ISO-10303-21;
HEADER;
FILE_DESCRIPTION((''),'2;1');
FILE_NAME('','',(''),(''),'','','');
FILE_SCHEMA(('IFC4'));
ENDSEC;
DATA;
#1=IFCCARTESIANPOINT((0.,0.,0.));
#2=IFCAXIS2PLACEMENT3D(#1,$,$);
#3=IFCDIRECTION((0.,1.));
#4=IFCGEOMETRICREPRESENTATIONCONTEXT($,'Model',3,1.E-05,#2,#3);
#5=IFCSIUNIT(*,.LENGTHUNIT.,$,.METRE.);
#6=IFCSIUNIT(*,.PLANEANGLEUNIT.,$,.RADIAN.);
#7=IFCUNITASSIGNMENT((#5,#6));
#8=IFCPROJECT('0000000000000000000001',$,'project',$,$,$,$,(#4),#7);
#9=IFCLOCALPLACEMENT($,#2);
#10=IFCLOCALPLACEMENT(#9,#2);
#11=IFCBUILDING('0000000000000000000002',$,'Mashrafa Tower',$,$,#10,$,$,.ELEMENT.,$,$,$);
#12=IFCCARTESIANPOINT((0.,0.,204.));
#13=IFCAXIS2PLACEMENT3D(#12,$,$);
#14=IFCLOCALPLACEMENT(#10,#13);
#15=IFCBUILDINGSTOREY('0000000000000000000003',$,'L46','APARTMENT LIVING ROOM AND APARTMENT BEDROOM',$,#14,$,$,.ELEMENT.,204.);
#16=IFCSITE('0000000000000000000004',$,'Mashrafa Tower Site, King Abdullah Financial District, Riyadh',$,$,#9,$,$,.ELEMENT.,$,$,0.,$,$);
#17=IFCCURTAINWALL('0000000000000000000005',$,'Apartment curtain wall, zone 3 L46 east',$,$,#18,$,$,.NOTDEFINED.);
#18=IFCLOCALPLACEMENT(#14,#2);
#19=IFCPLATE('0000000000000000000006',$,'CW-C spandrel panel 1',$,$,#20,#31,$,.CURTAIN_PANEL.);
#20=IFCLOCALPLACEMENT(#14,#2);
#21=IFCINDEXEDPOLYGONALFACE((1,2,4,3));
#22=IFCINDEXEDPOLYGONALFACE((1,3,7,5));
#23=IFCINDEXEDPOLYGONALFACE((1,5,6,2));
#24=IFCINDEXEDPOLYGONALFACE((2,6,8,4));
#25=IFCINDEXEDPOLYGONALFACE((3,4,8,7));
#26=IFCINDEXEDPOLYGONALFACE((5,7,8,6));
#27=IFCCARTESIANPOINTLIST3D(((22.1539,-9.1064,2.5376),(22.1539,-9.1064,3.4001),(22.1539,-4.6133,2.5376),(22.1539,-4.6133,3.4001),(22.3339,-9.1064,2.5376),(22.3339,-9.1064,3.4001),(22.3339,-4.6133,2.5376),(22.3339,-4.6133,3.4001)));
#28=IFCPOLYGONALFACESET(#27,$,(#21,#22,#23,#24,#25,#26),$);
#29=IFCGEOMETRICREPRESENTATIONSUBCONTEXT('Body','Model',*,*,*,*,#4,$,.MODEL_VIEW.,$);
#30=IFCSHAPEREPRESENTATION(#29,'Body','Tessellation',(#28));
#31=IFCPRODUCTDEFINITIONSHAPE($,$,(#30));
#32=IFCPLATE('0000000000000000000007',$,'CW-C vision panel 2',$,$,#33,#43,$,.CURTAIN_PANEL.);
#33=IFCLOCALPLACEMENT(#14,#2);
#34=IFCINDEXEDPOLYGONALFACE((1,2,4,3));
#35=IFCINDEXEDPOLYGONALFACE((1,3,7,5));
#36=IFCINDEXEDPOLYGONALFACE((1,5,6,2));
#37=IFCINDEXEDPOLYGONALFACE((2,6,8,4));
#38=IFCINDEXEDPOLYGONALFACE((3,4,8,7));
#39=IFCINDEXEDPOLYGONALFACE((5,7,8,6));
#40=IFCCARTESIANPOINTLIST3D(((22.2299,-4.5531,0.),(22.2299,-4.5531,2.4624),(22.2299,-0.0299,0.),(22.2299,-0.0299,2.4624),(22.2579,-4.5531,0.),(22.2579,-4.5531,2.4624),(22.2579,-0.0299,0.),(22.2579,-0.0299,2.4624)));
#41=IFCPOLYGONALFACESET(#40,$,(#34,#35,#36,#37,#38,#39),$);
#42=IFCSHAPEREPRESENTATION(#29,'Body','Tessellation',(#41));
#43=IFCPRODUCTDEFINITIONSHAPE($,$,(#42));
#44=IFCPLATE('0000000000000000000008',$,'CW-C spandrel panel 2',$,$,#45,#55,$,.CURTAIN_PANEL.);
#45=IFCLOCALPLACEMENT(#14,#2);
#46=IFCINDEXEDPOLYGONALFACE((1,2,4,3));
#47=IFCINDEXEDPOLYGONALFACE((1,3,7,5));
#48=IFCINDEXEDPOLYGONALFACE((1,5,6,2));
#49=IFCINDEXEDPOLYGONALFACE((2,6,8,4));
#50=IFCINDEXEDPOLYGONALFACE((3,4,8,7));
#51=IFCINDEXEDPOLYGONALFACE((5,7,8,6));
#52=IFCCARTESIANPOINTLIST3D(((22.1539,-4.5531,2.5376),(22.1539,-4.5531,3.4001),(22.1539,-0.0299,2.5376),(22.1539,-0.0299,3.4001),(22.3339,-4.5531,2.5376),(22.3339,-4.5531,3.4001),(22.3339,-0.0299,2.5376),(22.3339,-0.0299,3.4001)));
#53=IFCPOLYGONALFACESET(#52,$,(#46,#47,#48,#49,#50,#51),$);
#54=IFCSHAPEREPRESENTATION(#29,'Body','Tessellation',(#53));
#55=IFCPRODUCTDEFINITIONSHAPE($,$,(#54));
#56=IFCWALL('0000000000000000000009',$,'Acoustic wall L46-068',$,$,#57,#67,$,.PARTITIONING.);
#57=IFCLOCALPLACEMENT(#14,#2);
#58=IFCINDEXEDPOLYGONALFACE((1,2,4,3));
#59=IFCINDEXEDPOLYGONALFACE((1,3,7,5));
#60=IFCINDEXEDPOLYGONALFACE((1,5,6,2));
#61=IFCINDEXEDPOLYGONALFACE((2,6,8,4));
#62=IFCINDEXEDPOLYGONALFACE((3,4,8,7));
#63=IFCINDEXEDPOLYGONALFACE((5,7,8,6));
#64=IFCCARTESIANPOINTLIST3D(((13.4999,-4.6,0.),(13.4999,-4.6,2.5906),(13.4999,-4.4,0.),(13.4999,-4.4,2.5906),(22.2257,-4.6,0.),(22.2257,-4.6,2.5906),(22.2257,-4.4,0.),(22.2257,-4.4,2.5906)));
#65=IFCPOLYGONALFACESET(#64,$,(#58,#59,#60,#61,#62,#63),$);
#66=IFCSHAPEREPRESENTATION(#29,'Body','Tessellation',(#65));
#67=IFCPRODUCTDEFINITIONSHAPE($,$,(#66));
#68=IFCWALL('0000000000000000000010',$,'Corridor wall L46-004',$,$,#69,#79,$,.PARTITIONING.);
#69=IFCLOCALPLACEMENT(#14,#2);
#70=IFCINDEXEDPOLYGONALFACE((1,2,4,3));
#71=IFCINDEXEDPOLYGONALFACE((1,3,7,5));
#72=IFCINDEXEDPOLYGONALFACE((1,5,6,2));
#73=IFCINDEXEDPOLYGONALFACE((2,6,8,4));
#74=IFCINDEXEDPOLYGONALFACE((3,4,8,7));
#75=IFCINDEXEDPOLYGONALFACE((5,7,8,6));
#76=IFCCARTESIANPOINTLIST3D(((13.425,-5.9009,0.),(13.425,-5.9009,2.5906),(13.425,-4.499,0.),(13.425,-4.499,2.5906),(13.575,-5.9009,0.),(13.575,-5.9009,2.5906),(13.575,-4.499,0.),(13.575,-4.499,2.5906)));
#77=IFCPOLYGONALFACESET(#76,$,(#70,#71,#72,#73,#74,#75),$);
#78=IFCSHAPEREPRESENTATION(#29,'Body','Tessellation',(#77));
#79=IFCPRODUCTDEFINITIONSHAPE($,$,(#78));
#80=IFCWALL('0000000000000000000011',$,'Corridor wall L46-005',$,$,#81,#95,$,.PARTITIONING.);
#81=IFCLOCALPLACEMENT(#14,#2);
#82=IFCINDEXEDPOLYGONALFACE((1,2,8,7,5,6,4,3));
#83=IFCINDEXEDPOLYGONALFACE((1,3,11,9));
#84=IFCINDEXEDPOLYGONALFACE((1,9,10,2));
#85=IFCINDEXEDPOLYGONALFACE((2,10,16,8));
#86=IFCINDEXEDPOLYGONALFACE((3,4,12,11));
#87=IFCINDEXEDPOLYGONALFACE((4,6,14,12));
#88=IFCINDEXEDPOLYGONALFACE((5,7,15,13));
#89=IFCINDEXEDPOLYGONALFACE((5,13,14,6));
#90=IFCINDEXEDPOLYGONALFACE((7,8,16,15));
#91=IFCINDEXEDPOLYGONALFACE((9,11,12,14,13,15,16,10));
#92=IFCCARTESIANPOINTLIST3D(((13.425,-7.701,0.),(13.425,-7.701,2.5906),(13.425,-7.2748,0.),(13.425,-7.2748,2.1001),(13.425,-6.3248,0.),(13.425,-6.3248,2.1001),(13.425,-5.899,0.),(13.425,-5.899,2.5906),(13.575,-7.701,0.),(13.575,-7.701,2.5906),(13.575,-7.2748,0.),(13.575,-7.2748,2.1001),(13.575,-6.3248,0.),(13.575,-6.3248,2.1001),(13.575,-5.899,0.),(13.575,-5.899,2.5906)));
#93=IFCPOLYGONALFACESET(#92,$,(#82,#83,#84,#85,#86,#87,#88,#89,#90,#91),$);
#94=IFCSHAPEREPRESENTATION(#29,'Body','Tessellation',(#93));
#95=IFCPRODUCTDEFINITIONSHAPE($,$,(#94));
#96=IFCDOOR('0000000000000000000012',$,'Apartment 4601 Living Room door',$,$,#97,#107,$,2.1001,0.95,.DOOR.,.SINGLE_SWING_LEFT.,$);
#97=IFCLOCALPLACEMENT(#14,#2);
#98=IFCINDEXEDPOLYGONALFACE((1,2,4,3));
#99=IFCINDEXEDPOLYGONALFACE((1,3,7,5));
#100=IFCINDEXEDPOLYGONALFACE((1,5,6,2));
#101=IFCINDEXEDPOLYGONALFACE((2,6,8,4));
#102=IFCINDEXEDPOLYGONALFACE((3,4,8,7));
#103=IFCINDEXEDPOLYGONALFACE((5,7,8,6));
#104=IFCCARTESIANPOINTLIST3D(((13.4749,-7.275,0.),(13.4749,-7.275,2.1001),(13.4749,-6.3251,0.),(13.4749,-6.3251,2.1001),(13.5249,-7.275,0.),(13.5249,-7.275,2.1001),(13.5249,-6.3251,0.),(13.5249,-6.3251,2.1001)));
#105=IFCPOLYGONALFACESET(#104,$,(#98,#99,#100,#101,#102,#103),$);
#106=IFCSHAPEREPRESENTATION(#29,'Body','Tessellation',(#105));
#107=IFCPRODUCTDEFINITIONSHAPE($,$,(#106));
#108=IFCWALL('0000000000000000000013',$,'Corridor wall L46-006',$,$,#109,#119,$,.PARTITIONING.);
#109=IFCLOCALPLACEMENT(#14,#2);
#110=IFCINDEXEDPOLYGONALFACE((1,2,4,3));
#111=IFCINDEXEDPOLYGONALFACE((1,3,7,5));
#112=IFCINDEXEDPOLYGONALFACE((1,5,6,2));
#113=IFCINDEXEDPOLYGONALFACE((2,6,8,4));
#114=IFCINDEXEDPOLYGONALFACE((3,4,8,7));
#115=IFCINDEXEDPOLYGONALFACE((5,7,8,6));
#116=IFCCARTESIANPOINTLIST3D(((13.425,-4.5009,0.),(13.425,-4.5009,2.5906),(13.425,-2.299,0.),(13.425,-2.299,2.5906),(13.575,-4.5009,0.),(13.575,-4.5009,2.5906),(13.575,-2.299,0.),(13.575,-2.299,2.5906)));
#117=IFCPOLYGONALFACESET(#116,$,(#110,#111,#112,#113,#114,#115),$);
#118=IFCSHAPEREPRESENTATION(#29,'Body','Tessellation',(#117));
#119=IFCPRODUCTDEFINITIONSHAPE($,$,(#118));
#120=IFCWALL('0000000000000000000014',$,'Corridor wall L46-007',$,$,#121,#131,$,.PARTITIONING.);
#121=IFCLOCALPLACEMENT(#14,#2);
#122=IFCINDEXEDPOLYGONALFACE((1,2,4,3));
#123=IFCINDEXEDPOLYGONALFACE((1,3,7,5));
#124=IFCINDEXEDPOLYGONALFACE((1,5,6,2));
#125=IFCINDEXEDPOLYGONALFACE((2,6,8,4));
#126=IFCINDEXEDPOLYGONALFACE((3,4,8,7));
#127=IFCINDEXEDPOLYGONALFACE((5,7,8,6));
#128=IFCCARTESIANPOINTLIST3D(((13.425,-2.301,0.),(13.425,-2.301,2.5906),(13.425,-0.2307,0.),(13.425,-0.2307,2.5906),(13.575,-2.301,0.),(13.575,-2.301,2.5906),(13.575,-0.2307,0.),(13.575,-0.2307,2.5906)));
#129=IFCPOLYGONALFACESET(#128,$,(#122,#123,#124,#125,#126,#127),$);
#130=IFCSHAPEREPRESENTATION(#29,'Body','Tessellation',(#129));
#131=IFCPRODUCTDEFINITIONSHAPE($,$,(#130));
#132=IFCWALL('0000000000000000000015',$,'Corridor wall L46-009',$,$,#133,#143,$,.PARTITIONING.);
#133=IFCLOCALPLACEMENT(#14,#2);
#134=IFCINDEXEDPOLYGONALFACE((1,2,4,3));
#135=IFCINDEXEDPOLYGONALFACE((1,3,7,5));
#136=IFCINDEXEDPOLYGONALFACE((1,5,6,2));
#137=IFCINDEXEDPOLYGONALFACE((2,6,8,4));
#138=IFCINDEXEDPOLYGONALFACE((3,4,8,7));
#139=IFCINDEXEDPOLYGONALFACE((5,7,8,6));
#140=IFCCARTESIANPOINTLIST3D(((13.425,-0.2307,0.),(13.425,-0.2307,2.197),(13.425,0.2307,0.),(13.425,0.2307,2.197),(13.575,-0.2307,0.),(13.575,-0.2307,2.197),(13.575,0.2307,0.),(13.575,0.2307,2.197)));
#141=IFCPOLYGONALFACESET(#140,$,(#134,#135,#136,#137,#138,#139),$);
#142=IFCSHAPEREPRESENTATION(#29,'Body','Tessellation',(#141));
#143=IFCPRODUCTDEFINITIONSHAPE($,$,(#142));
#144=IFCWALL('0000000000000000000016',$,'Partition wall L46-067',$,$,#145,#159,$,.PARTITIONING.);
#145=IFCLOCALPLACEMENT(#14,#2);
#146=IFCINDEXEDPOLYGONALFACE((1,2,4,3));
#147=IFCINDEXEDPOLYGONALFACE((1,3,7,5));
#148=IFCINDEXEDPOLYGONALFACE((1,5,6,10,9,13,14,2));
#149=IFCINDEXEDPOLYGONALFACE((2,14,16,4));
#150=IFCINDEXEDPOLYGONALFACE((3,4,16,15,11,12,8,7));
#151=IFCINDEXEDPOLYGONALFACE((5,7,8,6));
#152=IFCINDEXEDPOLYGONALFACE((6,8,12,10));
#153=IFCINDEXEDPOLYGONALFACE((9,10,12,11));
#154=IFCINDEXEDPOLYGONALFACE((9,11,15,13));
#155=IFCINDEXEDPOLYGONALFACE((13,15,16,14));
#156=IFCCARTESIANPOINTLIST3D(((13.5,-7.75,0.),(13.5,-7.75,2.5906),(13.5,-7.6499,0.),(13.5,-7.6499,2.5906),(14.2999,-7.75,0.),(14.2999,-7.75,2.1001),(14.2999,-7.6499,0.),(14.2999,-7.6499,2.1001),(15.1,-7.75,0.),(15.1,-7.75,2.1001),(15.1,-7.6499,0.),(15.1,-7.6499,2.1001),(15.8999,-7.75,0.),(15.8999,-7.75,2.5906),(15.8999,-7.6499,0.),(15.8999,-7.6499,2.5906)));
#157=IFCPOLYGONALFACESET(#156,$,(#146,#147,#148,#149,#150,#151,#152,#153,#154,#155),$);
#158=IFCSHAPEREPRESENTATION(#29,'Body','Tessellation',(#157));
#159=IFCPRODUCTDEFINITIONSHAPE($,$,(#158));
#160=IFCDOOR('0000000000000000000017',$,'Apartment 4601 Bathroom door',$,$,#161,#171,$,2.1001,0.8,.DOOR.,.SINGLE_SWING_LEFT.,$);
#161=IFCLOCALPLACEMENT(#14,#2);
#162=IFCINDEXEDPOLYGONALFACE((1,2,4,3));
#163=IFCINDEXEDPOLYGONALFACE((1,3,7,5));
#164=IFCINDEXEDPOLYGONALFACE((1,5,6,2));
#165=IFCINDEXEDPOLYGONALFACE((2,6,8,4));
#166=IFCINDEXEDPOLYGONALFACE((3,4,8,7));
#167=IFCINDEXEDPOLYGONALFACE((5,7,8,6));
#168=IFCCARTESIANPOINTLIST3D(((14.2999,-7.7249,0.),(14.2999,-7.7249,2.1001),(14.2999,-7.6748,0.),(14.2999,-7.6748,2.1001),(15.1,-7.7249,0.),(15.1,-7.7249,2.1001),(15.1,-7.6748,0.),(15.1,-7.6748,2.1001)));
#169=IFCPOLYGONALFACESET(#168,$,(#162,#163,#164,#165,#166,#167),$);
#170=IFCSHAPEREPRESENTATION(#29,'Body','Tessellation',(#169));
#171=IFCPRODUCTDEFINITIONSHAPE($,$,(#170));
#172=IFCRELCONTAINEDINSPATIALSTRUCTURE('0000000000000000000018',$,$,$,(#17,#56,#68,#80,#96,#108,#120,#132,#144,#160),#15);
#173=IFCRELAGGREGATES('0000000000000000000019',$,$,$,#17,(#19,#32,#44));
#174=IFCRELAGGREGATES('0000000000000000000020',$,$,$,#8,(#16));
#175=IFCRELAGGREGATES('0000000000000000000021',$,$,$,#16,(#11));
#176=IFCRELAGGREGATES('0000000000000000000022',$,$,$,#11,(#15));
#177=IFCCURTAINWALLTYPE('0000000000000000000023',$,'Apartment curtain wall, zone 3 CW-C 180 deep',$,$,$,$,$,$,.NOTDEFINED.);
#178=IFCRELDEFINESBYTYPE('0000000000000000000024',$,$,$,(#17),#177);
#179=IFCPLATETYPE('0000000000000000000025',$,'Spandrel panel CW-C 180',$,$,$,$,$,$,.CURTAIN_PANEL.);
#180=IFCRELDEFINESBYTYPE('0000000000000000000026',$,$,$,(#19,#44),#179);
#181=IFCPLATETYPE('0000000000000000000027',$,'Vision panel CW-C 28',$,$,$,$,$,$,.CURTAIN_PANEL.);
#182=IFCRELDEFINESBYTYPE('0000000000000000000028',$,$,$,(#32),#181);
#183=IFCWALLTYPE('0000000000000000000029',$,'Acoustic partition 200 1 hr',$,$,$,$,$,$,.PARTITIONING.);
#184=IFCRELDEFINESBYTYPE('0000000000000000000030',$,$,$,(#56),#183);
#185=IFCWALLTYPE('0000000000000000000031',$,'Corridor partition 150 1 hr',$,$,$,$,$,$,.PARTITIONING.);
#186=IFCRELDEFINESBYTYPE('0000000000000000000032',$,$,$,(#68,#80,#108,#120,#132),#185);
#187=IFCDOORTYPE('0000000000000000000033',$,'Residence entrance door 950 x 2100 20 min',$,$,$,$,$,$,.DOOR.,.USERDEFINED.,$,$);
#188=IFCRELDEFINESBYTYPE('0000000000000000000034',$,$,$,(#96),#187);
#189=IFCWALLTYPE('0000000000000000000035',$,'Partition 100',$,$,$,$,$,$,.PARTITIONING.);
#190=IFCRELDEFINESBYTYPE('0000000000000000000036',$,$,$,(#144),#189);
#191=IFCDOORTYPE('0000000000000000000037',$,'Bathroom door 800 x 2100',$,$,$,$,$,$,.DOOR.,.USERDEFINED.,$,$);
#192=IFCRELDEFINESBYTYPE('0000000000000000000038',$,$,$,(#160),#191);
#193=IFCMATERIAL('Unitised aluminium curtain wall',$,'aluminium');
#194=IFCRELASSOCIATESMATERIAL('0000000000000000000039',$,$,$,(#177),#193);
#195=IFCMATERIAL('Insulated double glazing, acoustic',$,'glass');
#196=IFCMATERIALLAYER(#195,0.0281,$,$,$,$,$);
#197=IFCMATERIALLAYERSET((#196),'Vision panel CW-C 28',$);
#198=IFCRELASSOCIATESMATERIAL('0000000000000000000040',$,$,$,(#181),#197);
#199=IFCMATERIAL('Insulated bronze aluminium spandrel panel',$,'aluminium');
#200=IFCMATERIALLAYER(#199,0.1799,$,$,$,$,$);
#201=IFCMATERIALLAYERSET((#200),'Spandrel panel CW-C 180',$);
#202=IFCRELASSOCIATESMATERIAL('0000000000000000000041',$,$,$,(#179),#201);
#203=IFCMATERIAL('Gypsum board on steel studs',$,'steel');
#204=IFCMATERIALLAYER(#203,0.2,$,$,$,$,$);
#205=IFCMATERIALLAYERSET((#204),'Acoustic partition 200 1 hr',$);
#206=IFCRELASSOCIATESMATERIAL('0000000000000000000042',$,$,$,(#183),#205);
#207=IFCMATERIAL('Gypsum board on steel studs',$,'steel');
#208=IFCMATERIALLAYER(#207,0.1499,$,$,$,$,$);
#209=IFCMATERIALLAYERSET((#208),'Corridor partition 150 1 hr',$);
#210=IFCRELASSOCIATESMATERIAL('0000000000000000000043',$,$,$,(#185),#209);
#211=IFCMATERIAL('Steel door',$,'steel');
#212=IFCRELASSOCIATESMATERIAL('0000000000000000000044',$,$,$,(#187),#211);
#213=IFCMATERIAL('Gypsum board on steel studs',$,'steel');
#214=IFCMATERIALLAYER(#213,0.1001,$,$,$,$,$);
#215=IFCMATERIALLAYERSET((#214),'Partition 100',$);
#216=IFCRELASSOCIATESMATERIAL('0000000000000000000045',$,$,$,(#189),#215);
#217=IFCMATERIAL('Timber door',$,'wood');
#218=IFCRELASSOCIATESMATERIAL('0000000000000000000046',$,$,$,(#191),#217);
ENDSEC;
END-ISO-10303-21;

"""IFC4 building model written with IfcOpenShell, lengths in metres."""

from ifc_helpers import new_model, si_unit, direction, frame, frame_2d, origin, origin_2d, place, context, subcontext, project, spatial, rectangle, extrude, source, transform, mapped, material, layer, layer_set, type_object, type_shapes, element, fill, aggregate, save


model = new_model("IFC4")

# Units and contexts
model_context = context("Model", 3, precision=1e-05, world=origin(), true_north=direction((0.0, 1.0)))
body_context = subcontext(model_context, "Body", "Model", "MODEL_VIEW")
ifc_project = project(units=[si_unit("LENGTHUNIT", "METRE"), si_unit("PLANEANGLEUNIT", "RADIAN")], contexts=[model_context])

# Site, building, storey
site_placement = place(None, origin())
site = spatial("IfcSite", under=ifc_project, at=site_placement, Name="Mashrafa Tower Site, King Abdullah Financial District, Riyadh", CompositionType="ELEMENT", RefElevation=0.0)
building_placement = place(site_placement, origin())
building = spatial("IfcBuilding", under=site, at=building_placement, Name="Mashrafa Tower", CompositionType="ELEMENT")
storey_placement = place(building_placement, frame((0.0, 0.0, 204.0)))
storey = spatial("IfcBuildingStorey", under=building, at=storey_placement, Name="L46", Description="APARTMENT LIVING ROOM AND APARTMENT BEDROOM", CompositionType="ELEMENT", Elevation=204.0)

# Curtain wall
ifc_material_1 = material(Name="Unitised aluminium curtain wall", Category="aluminium")
curtain_wall_type = type_object("IfcCurtainWallType", Name="Apartment curtain wall, zone 3 CW-C 180 deep", PredefinedType="NOTDEFINED", material=ifc_material_1)
curtain_wall_1_placement = place(storey_placement, origin())
curtain_wall_1 = element("IfcCurtainWall", 1, at=curtain_wall_1_placement, inside=storey, type_object=curtain_wall_type, Name="Apartment curtain wall, zone 3 L46 east", PredefinedType="NOTDEFINED")

# Plates
ifc_material_2 = material(Name="Insulated double glazing, acoustic", Category="glass")
ifc_layer_1 = layer(ifc_material_2, 0.0281)
ifc_layer_set_1 = layer_set([ifc_layer_1], Name="Vision panel CW-C 28")
plate_type_1 = type_object("IfcPlateType", Name="Vision panel CW-C 28", PredefinedType="CURTAIN_PANEL", material=ifc_layer_set_1)
ifc_material_3 = material(Name="Insulated bronze aluminium spandrel panel", Category="aluminium")
ifc_layer_2 = layer(ifc_material_3, 0.1799)
ifc_layer_set_2 = layer_set([ifc_layer_2], Name="Spandrel panel CW-C 180")
plate_type_2 = type_object("IfcPlateType", Name="Spandrel panel CW-C 180", PredefinedType="CURTAIN_PANEL", material=ifc_layer_set_2)
shared_shape_1 = source(origin(), body_context, "Body", "SweptSolid", [
    extrude(rectangle(XDim=4.4932, YDim=0.1799, at=origin_2d()), origin(), (0.0, 0.0, 1.0), 0.8625),
])
plate_1_placement = place(storey_placement, frame((22.2439, -6.8599, 2.5376), z_axis=(0.0, 0.0, 1.0), x_axis=(0.0, 1.0, 0.0)))
plate_1 = element("IfcPlate", 2, at=plate_1_placement, type_object=plate_type_2, Name="CW-C spandrel panel 1", PredefinedType="CURTAIN_PANEL", context=body_context, shape_type="MappedRepresentation", body=[
    mapped(shared_shape_1, transform((0.0, 0.0, 0.0))),
])
shared_shape_2 = source(origin(), body_context, "Body", "SweptSolid", [
    extrude(rectangle(XDim=4.5232, YDim=0.0281, at=origin_2d()), origin(), (0.0, 0.0, 1.0), 2.4624),
])
plate_2_placement = place(storey_placement, frame((22.2439, -2.2915, 0.0), z_axis=(0.0, 0.0, 1.0), x_axis=(0.0, 1.0, 0.0)))
plate_2 = element("IfcPlate", 3, at=plate_2_placement, type_object=plate_type_1, Name="CW-C vision panel 2", PredefinedType="CURTAIN_PANEL", context=body_context, shape_type="MappedRepresentation", body=[
    mapped(shared_shape_2, transform((0.0, 0.0, 0.0))),
])
shared_shape_3 = source(origin(), body_context, "Body", "SweptSolid", [
    extrude(rectangle(XDim=4.5232, YDim=0.1799, at=origin_2d()), origin(), (0.0, 0.0, 1.0), 0.8625),
])
type_shapes(plate_type_2, [shared_shape_1, shared_shape_3])
plate_3_placement = place(storey_placement, frame((22.2439, -2.2915, 2.5376), z_axis=(0.0, 0.0, 1.0), x_axis=(0.0, 1.0, 0.0)))
plate_3 = element("IfcPlate", 4, at=plate_3_placement, type_object=plate_type_2, Name="CW-C spandrel panel 2", PredefinedType="CURTAIN_PANEL", context=body_context, shape_type="MappedRepresentation", body=[
    mapped(shared_shape_3, transform((0.0, 0.0, 0.0))),
])
aggregate(curtain_wall_1, [plate_1, plate_2, plate_3])

# Walls
ifc_material_4 = material(Name="Gypsum board on steel studs", Category="steel")
ifc_layer_3 = layer(ifc_material_4, 0.2)
ifc_layer_set_3 = layer_set([ifc_layer_3], Name="Acoustic partition 200 1 hr")
wall_type_1 = type_object("IfcWallType", Name="Acoustic partition 200 1 hr", PredefinedType="PARTITIONING", material=ifc_layer_set_3)
wall_1_placement = place(storey_placement, frame((13.5, -4.5, 0.0), z_axis=(0.0, 0.0, 1.0), x_axis=(1.0, 0.0, 0.0)))
element("IfcWall", 5, at=wall_1_placement, inside=storey, type_object=wall_type_1, Name="Acoustic wall L46-068", PredefinedType="PARTITIONING", context=body_context, shape_type="SweptSolid", body=[
    extrude(rectangle(XDim=8.7258, YDim=0.2, at=frame_2d((4.3628, 0.0))), origin(), (0.0, 0.0, 1.0), 2.5906),
])
ifc_material_5 = material(Name="Gypsum board on steel studs", Category="steel")
ifc_layer_4 = layer(ifc_material_5, 0.1499)
ifc_layer_set_4 = layer_set([ifc_layer_4], Name="Corridor partition 150 1 hr")
wall_type_2 = type_object("IfcWallType", Name="Corridor partition 150 1 hr", PredefinedType="PARTITIONING", material=ifc_layer_set_4)
wall_2_placement = place(storey_placement, frame((13.5, -5.9009, 0.0), z_axis=(0.0, 0.0, 1.0), x_axis=(0.0, 1.0, 0.0)))
element("IfcWall", 6, at=wall_2_placement, inside=storey, type_object=wall_type_2, Name="Corridor wall L46-004", PredefinedType="PARTITIONING", context=body_context, shape_type="SweptSolid", body=[
    extrude(rectangle(XDim=1.4019, YDim=0.1499, at=frame_2d((0.7009, 0.0))), origin(), (0.0, 0.0, 1.0), 2.5906),
])

# Wall, opening, door
wall_3_placement = place(storey_placement, frame((13.5, -7.7009, 0.0), z_axis=(0.0, 0.0, 1.0), x_axis=(0.0, 1.0, 0.0)))
wall_3 = element("IfcWall", 7, at=wall_3_placement, inside=storey, type_object=wall_type_2, Name="Corridor wall L46-005", PredefinedType="PARTITIONING", context=body_context, shape_type="SweptSolid", body=[
    extrude(rectangle(XDim=1.802, YDim=0.1499, at=frame_2d((0.9009, 0.0))), origin(), (0.0, 0.0, 1.0), 2.5906),
])
opening_1_placement = place(wall_3_placement, frame((0.426, 0.0, 0.0)))
opening_1 = element("IfcOpeningElement", 8, at=opening_1_placement, cuts=wall_3, PredefinedType="OPENING", context=body_context, shape_type="SweptSolid", body=[
    extrude(rectangle(XDim=0.95, YDim=2.1001, at=frame_2d((0.4751, 1.05))), frame((0.0, 0.085, 0.0), z_axis=(0.0, -1.0, 0.0), x_axis=(1.0, 0.0, 0.0)), (0.0, 0.0, 1.0), 0.1699),
])
ifc_material_6 = material(Name="Steel door", Category="steel")
door_type_1 = type_object("IfcDoorType", Name="Residence entrance door 950 x 2100 20 min", OperationType="USERDEFINED", PredefinedType="DOOR", material=ifc_material_6)
door_1_placement = place(opening_1_placement, frame((0.95, 0.0, 0.0), z_axis=(0.0, 0.0, 1.0), x_axis=(-1.0, 0.0, 0.0)))
door_1 = element("IfcDoor", 9, at=door_1_placement, inside=storey, type_object=door_type_1, Name="Apartment 4601 Living Room door", OperationType="SINGLE_SWING_LEFT", OverallHeight=2.1001, OverallWidth=0.95, PredefinedType="DOOR", context=body_context, shape_type="SweptSolid", body=[
    extrude(rectangle(XDim=0.95, YDim=2.1001, at=frame_2d((0.4751, 1.05))), frame((0.0, 0.0249, 0.0), z_axis=(0.0, -1.0, 0.0), x_axis=(1.0, 0.0, 0.0)), (0.0, 0.0, 1.0), 0.05),
])
fill(opening_1, door_1)

# Walls
wall_4_placement = place(storey_placement, frame((13.5, -4.501, 0.0), z_axis=(0.0, 0.0, 1.0), x_axis=(0.0, 1.0, 0.0)))
element("IfcWall", 10, at=wall_4_placement, inside=storey, type_object=wall_type_2, Name="Corridor wall L46-006", PredefinedType="PARTITIONING", context=body_context, shape_type="SweptSolid", body=[
    extrude(rectangle(XDim=2.2019, YDim=0.1499, at=frame_2d((1.1011, 0.0))), origin(), (0.0, 0.0, 1.0), 2.5906),
])
wall_5_placement = place(storey_placement, frame((13.5, -0.2307, 0.0), z_axis=(0.0, 0.0, 1.0), x_axis=(0.0, -1.0, 0.0)))
element("IfcWall", 11, at=wall_5_placement, inside=storey, type_object=wall_type_2, Name="Corridor wall L46-007", PredefinedType="PARTITIONING", context=body_context, shape_type="SweptSolid", body=[
    extrude(rectangle(XDim=2.0703, YDim=0.1499, at=frame_2d((1.0352, 0.0))), origin(), (0.0, 0.0, 1.0), 2.5906),
])
wall_6_placement = place(storey_placement, frame((13.5, -0.2307, 0.0), z_axis=(0.0, 0.0, 1.0), x_axis=(0.0, 1.0, 0.0)))
element("IfcWall", 12, at=wall_6_placement, inside=storey, type_object=wall_type_2, Name="Corridor wall L46-009", PredefinedType="PARTITIONING", context=body_context, shape_type="SweptSolid", body=[
    extrude(rectangle(XDim=0.4614, YDim=0.1499, at=frame_2d((0.2307, 0.0))), origin(), (0.0, 0.0, 1.0), 2.197),
])

# Wall, opening, door
ifc_material_7 = material(Name="Gypsum board on steel studs", Category="steel")
ifc_layer_5 = layer(ifc_material_7, 0.1001)
ifc_layer_set_5 = layer_set([ifc_layer_5], Name="Partition 100")
wall_type_3 = type_object("IfcWallType", Name="Partition 100", PredefinedType="PARTITIONING", material=ifc_layer_set_5)
wall_7_placement = place(storey_placement, frame((15.8999, -7.7, 0.0), z_axis=(0.0, 0.0, 1.0), x_axis=(-1.0, 0.0, 0.0)))
wall_7 = element("IfcWall", 13, at=wall_7_placement, inside=storey, type_object=wall_type_3, Name="Partition wall L46-067", PredefinedType="PARTITIONING", context=body_context, shape_type="SweptSolid", body=[
    extrude(rectangle(XDim=2.3999, YDim=0.1001, at=frame_2d((1.2, 0.0))), origin(), (0.0, 0.0, 1.0), 2.5906),
])
opening_2_placement = place(wall_7_placement, frame((0.8, 0.0, 0.0)))
opening_2 = element("IfcOpeningElement", 14, at=opening_2_placement, cuts=wall_7, PredefinedType="OPENING", context=body_context, shape_type="SweptSolid", body=[
    extrude(rectangle(XDim=0.8, YDim=2.1001, at=frame_2d((0.3999, 1.05))), frame((0.0, 0.0601, 0.0), z_axis=(0.0, -1.0, 0.0), x_axis=(1.0, 0.0, 0.0)), (0.0, 0.0, 1.0), 0.1201),
])
ifc_material_8 = material(Name="Timber door", Category="wood")
door_type_2 = type_object("IfcDoorType", Name="Bathroom door 800 x 2100", OperationType="USERDEFINED", PredefinedType="DOOR", material=ifc_material_8)
door_2_placement = place(opening_2_placement, origin())
door_2 = element("IfcDoor", 15, at=door_2_placement, inside=storey, type_object=door_type_2, Name="Apartment 4601 Bathroom door", OperationType="SINGLE_SWING_LEFT", OverallHeight=2.1001, OverallWidth=0.8, PredefinedType="DOOR", context=body_context, shape_type="SweptSolid", body=[
    extrude(rectangle(XDim=0.8, YDim=2.1001, at=frame_2d((0.3999, 1.05))), frame((0.0, 0.0249, 0.0), z_axis=(0.0, -1.0, 0.0), x_axis=(1.0, 0.0, 0.0)), (0.0, 0.0, 1.0), 0.05),
])
fill(opening_2, door_2)

save(model, "model.ifc")
